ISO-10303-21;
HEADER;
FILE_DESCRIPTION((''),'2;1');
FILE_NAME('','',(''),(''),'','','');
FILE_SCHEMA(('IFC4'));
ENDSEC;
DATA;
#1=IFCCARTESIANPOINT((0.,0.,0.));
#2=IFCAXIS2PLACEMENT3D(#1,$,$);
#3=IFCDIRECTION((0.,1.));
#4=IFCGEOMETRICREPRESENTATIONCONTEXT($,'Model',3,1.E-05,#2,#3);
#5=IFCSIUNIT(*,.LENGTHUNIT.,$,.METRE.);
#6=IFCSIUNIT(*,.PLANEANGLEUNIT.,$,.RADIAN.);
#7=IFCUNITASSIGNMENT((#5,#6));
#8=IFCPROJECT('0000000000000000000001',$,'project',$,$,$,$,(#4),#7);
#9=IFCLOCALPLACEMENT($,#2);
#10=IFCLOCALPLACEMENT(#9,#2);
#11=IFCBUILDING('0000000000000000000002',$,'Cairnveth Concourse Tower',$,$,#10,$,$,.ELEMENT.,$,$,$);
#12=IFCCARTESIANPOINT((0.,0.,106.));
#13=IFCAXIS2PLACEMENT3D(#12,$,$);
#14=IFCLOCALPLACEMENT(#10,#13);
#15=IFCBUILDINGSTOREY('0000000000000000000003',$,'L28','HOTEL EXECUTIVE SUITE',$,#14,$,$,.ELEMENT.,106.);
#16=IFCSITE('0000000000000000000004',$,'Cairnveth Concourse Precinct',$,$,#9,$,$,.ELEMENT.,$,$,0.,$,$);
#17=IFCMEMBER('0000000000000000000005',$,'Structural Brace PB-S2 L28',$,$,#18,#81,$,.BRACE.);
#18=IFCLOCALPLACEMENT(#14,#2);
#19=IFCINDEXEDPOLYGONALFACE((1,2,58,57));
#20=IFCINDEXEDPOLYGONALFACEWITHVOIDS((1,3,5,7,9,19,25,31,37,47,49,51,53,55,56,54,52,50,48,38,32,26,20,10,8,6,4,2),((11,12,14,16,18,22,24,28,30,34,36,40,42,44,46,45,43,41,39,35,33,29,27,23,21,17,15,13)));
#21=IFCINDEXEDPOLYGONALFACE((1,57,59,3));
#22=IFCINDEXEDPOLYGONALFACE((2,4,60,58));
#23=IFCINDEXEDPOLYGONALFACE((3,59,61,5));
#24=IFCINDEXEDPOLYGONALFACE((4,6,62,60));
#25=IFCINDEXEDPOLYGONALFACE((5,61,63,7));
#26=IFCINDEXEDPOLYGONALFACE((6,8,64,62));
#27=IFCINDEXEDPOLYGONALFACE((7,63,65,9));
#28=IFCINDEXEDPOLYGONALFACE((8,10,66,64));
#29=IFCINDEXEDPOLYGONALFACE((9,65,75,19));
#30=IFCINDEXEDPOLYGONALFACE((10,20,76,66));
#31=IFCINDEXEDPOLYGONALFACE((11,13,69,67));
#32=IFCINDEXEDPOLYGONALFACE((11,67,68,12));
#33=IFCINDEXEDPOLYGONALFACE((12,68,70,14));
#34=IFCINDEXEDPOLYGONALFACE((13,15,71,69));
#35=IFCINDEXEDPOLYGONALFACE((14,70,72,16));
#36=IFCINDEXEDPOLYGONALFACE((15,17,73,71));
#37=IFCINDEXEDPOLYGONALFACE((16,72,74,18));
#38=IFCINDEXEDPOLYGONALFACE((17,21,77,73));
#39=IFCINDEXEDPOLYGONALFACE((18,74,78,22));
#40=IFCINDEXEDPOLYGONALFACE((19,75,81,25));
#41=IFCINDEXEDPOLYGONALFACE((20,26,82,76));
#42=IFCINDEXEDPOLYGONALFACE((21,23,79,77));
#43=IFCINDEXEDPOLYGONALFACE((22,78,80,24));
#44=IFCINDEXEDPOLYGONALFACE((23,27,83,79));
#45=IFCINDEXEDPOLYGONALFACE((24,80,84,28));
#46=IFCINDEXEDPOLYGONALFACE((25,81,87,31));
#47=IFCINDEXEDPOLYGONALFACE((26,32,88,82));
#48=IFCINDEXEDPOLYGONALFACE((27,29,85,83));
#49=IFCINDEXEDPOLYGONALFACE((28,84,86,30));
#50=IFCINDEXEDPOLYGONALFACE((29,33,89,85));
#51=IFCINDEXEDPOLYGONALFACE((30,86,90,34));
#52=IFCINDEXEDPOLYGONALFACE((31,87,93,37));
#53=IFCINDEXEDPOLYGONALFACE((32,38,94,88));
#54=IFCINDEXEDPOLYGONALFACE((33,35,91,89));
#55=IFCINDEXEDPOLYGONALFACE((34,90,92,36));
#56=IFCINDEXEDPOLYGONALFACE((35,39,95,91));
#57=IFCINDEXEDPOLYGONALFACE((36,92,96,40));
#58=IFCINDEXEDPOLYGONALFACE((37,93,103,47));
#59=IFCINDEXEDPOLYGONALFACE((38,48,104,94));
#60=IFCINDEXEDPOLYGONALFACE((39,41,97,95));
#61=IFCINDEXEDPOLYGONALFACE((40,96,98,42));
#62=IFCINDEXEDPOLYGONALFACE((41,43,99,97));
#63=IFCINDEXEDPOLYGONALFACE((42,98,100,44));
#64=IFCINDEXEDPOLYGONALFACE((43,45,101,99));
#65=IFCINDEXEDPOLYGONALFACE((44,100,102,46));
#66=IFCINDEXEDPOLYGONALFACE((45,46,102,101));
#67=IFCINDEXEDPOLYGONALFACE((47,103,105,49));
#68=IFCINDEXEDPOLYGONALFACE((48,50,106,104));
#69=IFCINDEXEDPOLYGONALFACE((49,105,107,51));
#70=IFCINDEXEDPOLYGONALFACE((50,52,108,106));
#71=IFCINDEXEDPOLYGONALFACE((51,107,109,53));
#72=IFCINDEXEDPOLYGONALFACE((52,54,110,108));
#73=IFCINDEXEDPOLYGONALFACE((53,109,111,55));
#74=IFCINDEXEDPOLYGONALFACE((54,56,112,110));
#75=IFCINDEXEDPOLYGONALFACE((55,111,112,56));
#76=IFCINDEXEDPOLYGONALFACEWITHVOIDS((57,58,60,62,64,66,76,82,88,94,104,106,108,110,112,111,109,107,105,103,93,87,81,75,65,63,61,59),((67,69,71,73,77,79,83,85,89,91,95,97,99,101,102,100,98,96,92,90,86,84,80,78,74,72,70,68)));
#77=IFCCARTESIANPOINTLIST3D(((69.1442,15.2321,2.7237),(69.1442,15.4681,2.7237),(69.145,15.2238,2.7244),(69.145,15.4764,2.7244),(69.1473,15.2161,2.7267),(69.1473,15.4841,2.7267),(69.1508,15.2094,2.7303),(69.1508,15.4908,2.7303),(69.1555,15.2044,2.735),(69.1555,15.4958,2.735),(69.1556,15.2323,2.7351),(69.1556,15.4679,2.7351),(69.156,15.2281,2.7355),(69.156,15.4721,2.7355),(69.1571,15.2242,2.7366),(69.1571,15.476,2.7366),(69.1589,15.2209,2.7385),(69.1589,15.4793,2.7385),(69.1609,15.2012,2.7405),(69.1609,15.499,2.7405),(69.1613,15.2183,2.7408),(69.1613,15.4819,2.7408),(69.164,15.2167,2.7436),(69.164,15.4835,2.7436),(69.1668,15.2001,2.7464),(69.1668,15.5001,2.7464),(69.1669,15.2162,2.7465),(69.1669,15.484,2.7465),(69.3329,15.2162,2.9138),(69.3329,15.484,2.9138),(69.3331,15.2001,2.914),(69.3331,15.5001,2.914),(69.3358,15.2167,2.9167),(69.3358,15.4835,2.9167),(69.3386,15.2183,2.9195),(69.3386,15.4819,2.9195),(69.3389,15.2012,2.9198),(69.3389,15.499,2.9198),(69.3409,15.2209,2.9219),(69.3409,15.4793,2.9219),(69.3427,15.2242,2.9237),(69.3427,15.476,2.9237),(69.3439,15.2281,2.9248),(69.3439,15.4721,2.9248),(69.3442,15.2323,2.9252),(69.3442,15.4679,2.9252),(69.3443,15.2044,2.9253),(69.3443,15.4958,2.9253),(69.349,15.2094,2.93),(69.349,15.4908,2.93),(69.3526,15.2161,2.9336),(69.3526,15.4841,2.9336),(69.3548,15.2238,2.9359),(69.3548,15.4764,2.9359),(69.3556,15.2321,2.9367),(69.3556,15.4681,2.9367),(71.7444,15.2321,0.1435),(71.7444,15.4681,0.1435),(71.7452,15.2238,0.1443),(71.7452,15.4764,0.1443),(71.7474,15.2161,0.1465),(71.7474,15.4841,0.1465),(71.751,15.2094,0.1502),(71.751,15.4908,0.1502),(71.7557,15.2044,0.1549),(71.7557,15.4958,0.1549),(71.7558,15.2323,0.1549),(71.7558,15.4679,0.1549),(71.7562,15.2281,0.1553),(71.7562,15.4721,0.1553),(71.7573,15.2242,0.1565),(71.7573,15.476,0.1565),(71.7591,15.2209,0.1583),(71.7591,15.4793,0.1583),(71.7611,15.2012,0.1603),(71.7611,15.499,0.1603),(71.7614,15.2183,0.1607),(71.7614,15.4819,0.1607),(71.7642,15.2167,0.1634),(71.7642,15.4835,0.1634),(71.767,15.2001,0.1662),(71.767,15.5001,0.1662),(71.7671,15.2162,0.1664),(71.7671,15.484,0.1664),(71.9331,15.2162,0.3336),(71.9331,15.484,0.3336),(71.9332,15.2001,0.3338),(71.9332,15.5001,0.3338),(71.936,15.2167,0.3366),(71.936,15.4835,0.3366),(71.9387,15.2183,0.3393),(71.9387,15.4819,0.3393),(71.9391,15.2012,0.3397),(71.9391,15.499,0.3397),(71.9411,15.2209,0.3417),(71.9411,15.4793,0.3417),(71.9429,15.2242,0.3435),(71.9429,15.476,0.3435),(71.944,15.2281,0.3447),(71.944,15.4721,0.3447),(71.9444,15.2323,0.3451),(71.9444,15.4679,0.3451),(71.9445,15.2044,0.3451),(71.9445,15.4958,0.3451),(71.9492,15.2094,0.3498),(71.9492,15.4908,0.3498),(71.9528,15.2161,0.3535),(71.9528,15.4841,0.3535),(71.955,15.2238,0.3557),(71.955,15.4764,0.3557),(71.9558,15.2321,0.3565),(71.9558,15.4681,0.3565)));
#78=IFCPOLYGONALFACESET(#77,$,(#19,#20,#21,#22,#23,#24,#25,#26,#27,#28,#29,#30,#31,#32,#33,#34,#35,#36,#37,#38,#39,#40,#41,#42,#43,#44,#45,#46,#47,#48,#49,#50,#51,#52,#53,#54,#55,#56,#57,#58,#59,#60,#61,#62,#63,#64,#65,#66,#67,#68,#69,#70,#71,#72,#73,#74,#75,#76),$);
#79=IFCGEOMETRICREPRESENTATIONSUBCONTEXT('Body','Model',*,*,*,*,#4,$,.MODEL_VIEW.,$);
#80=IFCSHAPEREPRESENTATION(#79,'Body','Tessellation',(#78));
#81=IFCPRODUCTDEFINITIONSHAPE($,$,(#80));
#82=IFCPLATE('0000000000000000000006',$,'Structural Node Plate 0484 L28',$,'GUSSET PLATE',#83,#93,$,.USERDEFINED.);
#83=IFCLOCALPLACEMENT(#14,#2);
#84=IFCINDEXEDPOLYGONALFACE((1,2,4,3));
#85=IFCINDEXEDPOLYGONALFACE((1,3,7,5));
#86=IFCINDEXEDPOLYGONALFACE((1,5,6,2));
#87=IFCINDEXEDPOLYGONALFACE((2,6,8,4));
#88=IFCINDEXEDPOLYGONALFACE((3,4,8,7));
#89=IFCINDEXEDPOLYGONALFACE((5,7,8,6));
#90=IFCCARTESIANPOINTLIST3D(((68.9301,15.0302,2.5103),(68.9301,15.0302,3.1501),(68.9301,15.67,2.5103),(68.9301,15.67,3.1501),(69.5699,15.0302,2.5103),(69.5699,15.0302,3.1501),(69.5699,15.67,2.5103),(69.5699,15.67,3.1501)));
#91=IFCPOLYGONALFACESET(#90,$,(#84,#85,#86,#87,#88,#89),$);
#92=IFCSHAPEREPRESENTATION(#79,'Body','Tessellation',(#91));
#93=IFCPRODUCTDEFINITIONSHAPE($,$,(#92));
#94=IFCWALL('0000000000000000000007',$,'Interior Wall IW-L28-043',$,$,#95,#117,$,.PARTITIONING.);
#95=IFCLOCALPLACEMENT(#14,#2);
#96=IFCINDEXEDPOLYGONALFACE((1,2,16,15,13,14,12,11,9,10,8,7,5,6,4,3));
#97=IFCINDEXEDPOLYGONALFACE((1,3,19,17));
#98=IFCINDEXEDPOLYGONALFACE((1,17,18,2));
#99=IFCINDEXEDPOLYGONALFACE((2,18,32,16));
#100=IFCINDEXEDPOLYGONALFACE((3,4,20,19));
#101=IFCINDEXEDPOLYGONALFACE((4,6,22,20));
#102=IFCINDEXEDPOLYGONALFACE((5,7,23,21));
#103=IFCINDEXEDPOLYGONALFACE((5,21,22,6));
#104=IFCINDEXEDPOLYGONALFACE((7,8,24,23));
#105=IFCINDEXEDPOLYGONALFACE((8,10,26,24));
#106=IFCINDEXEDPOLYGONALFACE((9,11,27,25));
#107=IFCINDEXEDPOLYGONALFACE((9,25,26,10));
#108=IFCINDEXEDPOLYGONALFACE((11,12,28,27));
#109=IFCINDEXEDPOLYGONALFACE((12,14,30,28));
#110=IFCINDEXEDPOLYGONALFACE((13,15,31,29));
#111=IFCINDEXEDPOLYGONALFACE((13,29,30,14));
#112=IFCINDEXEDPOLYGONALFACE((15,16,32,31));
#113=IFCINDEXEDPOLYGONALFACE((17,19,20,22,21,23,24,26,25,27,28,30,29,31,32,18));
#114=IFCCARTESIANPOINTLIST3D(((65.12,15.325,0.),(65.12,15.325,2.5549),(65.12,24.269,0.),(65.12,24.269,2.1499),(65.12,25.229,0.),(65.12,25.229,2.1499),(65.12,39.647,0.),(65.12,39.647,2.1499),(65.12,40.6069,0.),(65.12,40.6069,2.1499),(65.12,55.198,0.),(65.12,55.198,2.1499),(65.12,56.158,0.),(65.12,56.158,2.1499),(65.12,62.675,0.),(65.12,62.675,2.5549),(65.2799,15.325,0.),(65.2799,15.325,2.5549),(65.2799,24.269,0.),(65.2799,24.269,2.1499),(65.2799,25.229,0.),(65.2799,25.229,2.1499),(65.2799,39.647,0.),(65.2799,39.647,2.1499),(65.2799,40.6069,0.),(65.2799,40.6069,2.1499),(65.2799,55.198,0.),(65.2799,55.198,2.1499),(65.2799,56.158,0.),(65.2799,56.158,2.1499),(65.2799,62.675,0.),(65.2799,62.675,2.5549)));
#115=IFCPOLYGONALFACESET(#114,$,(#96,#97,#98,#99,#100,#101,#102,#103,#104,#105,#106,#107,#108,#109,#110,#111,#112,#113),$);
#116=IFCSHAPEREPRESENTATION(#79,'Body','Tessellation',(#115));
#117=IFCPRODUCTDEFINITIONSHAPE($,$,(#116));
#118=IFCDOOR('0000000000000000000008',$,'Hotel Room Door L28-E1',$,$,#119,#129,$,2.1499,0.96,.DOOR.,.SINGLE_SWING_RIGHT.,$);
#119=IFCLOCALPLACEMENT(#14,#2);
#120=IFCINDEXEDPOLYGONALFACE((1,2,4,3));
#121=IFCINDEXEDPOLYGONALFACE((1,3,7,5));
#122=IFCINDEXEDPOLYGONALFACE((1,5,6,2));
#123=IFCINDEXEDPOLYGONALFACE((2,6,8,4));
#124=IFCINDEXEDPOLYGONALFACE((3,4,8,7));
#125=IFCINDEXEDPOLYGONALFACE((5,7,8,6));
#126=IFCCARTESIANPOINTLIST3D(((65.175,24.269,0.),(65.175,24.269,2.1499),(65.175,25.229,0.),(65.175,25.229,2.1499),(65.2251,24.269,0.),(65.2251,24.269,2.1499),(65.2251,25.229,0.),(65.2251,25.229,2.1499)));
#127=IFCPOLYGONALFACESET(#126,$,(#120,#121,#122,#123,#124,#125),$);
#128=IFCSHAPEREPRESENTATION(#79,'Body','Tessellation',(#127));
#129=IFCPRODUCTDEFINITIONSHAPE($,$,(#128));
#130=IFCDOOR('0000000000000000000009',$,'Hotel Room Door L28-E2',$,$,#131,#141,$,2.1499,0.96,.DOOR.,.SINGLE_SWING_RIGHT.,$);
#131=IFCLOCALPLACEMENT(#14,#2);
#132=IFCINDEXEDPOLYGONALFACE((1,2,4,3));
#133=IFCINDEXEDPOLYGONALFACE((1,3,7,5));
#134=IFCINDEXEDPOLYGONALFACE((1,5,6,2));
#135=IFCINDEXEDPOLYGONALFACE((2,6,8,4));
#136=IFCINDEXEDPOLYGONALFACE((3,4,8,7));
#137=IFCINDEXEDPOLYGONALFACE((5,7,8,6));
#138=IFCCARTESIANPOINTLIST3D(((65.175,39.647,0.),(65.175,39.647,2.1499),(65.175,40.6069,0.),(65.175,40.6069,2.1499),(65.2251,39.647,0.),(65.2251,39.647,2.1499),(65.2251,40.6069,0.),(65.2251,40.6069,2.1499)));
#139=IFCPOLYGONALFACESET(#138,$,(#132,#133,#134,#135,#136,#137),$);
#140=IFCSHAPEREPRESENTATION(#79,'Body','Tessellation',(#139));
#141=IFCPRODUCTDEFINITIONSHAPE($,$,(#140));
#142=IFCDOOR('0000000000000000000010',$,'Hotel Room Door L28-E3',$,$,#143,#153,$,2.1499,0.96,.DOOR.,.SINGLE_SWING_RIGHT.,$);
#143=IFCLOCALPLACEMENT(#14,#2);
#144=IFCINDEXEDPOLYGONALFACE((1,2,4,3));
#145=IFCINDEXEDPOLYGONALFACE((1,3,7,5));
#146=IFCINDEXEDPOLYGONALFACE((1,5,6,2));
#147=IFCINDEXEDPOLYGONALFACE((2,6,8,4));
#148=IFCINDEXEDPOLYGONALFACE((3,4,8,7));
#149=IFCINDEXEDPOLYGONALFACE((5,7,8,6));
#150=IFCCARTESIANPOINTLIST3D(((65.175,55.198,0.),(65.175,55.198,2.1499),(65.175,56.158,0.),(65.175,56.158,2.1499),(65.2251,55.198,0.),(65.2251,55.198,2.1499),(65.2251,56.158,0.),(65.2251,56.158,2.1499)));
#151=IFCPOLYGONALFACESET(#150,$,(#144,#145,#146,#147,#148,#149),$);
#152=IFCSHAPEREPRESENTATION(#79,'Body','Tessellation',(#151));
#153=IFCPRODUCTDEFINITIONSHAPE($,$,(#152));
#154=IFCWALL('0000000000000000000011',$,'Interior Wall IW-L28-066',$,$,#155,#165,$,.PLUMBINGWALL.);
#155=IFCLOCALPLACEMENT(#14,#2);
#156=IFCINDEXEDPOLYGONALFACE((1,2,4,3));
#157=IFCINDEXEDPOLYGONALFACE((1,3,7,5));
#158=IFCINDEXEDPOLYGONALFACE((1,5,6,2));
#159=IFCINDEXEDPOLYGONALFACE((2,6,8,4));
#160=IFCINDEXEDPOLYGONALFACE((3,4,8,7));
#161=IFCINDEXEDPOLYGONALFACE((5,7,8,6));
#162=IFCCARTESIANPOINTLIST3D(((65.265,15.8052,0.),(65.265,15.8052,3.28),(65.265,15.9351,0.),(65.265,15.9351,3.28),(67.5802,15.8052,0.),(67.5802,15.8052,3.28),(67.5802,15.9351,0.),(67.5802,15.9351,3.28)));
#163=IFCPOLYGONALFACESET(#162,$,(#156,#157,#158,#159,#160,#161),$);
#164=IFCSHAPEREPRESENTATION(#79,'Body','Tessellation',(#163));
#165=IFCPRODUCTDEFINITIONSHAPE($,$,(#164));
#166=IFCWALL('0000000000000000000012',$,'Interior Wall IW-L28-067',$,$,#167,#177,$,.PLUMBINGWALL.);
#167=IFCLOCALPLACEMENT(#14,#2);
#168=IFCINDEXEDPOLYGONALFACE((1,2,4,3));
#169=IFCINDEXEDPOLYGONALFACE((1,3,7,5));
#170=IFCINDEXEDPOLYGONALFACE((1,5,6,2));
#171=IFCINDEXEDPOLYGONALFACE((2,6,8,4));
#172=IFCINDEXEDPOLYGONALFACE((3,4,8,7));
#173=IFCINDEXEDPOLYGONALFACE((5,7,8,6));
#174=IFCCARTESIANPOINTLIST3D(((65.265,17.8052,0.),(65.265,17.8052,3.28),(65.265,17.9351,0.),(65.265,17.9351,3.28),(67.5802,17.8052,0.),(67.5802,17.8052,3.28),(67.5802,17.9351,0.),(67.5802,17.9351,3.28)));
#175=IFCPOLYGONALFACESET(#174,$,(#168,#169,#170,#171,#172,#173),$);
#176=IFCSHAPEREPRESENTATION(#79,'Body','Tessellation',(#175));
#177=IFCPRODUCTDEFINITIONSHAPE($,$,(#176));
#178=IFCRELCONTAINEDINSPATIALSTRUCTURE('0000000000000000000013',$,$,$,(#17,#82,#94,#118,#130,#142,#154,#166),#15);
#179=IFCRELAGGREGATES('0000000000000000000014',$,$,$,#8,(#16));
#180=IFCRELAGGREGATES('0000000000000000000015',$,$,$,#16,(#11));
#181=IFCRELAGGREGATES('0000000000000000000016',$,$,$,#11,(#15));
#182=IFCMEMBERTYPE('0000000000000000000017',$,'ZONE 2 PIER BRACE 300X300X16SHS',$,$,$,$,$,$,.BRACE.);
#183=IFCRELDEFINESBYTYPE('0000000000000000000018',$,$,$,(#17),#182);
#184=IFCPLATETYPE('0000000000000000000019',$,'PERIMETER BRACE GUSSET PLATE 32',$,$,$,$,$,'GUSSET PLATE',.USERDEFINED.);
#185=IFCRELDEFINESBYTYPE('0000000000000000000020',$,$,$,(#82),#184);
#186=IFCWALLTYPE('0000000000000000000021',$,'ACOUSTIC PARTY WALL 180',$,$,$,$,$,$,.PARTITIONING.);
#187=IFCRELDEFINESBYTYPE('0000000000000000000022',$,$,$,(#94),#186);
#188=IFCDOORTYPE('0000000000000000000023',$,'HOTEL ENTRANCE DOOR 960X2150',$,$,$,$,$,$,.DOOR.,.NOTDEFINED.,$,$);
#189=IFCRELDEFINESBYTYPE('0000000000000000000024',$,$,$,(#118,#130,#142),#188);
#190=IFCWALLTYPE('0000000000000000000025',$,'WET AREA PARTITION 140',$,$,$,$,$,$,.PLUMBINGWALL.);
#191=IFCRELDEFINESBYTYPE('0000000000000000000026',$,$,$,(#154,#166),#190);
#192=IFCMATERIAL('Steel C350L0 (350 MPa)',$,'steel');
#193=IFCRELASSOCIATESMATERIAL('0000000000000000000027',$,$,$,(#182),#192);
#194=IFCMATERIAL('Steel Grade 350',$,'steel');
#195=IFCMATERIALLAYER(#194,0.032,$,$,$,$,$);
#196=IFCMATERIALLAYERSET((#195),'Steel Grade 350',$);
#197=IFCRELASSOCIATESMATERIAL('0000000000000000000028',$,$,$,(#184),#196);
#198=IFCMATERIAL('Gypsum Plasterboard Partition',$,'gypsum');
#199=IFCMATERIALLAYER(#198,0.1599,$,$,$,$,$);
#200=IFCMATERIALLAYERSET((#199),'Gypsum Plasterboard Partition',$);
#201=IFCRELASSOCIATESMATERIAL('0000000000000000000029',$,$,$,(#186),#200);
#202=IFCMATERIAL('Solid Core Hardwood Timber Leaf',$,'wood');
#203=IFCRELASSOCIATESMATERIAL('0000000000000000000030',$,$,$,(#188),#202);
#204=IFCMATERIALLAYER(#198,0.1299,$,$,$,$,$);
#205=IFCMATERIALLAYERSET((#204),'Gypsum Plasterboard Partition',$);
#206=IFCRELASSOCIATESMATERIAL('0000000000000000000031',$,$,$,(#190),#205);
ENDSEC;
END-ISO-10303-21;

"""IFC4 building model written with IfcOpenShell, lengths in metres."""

from ifc_helpers import new_model, si_unit, direction, frame, frame_2d, origin, origin_2d, place, context, subcontext, project, spatial, rectangle, hollow_rectangle, extrude, material, layer, layer_set, material_profile, profile_set, type_object, element, fill, save


model = new_model("IFC4")

# Units and contexts
model_context = context("Model", 3, precision=1e-05, world=origin(), true_north=direction((0.0, 1.0)))
body_context = subcontext(model_context, "Body", "Model", "MODEL_VIEW")
ifc_project = project(units=[si_unit("LENGTHUNIT", "METRE"), si_unit("PLANEANGLEUNIT", "RADIAN")], contexts=[model_context])

# Site, building, storey
site_placement = place(None, origin())
site = spatial("IfcSite", under=ifc_project, at=site_placement, Name="Cairnveth Concourse Precinct", CompositionType="ELEMENT", RefElevation=0.0)
building_placement = place(site_placement, origin())
building = spatial("IfcBuilding", under=site, at=building_placement, Name="Cairnveth Concourse Tower", CompositionType="ELEMENT")
storey_placement = place(building_placement, frame((0.0, 0.0, 106.0)))
storey = spatial("IfcBuildingStorey", under=building, at=storey_placement, Name="L28", Description="HOTEL EXECUTIVE SUITE", CompositionType="ELEMENT", Elevation=106.0)

# Member
ifc_material_1 = material(Name="Steel C350L0 (350 MPa)", Category="steel")
ifc_material_profile = material_profile(ifc_material_1, hollow_rectangle(XDim=0.3, YDim=0.3, WallThickness=0.0161, InnerFilletRadius=0.0161, OuterFilletRadius=0.032, at=origin_2d()), Name="300x300x16.0SHS")
ifc_profile_set = profile_set([ifc_material_profile], Name="Steel C350L0 (350 MPa)")
member_type = type_object("IfcMemberType", Name="ZONE 2 PIER BRACE 300X300X16SHS", PredefinedType="BRACE", material=ifc_profile_set)
member_placement = place(storey_placement, frame((71.8501, 15.3501, 0.25), z_axis=(-0.709834, 0.0, 0.704369), x_axis=(0.0, -1.0, 0.0)))
element("IfcMember", 1, at=member_placement, inside=storey, type_object=member_type, Name="Structural Brace PB-S2 L28", PredefinedType="BRACE", context=body_context, shape_type="SweptSolid", body=[
    extrude(hollow_rectangle(XDim=0.3, YDim=0.3, WallThickness=0.0161, InnerFilletRadius=0.0161, OuterFilletRadius=0.032, at=origin_2d()), origin(), (0.0, 0.0, 1.0), 3.6631),
])

# Plate
ifc_material_2 = material(Name="Steel Grade 350", Category="steel")
ifc_layer_1 = layer(ifc_material_2, 0.032)
ifc_layer_set_1 = layer_set([ifc_layer_1], Name="Steel Grade 350")
plate_type = type_object("IfcPlateType", Name="PERIMETER BRACE GUSSET PLATE 32", ElementType="GUSSET PLATE", PredefinedType="USERDEFINED", material=ifc_layer_set_1)
plate_placement = place(storey_placement, frame((69.25, 15.3501, 2.5103), z_axis=(0.0, 0.0, 1.0), x_axis=(1.0, 0.0, 0.0)))
element("IfcPlate", 2, at=plate_placement, inside=storey, type_object=plate_type, Name="Structural Node Plate 0484 L28", ObjectType="GUSSET PLATE", PredefinedType="USERDEFINED", context=body_context, shape_type="SweptSolid", body=[
    extrude(rectangle(XDim=0.6399, YDim=0.6399, at=origin_2d()), origin(), (0.0, 0.0, 1.0), 0.6399),
])

# Wall, openings, doors
ifc_material_3 = material(Name="Gypsum Plasterboard Partition", Category="gypsum")
ifc_layer_2 = layer(ifc_material_3, 0.1599)
ifc_layer_set_2 = layer_set([ifc_layer_2], Name="Gypsum Plasterboard Partition")
wall_type_1 = type_object("IfcWallType", Name="ACOUSTIC PARTY WALL 180", PredefinedType="PARTITIONING", material=ifc_layer_set_2)
wall_1_placement = place(storey_placement, frame((65.2, 15.325, 0.0), z_axis=(0.0, 0.0, 1.0), x_axis=(0.0, 1.0, 0.0)))
wall_1 = element("IfcWall", 3, at=wall_1_placement, inside=storey, type_object=wall_type_1, Name="Interior Wall IW-L28-043", PredefinedType="PARTITIONING", context=body_context, shape_type="SweptSolid", body=[
    extrude(rectangle(XDim=47.3501, YDim=0.1599, at=frame_2d((23.675, 0.0))), origin(), (0.0, 0.0, 1.0), 2.5549),
])
opening_1_placement = place(wall_1_placement, frame((8.9441, 0.0, 0.0)))
opening_1 = element("IfcOpeningElement", 4, at=opening_1_placement, cuts=wall_1, PredefinedType="OPENING", context=body_context, shape_type="SweptSolid", body=[
    extrude(rectangle(XDim=0.96, YDim=2.1499, at=frame_2d((0.48, 1.075))), frame((0.0, 0.0898, 0.0), z_axis=(0.0, -1.0, 0.0), x_axis=(1.0, 0.0, 0.0)), (0.0, 0.0, 1.0), 0.1799),
])
opening_2_placement = place(wall_1_placement, frame((24.322, 0.0, 0.0)))
opening_2 = element("IfcOpeningElement", 5, at=opening_2_placement, cuts=wall_1, PredefinedType="OPENING", context=body_context, shape_type="SweptSolid", body=[
    extrude(rectangle(XDim=0.96, YDim=2.1499, at=frame_2d((0.48, 1.075))), frame((0.0, 0.0898, 0.0), z_axis=(0.0, -1.0, 0.0), x_axis=(1.0, 0.0, 0.0)), (0.0, 0.0, 1.0), 0.1799),
])
opening_3_placement = place(wall_1_placement, frame((39.873, 0.0, 0.0)))
opening_3 = element("IfcOpeningElement", 6, at=opening_3_placement, cuts=wall_1, PredefinedType="OPENING", context=body_context, shape_type="SweptSolid", body=[
    extrude(rectangle(XDim=0.96, YDim=2.1499, at=frame_2d((0.48, 1.075))), frame((0.0, 0.0898, 0.0), z_axis=(0.0, -1.0, 0.0), x_axis=(1.0, 0.0, 0.0)), (0.0, 0.0, 1.0), 0.1799),
])
ifc_material_4 = material(Name="Solid Core Hardwood Timber Leaf", Category="wood")
door_type_1 = type_object("IfcDoorType", Name="HOTEL ENTRANCE DOOR 960X2150", OperationType="NOTDEFINED", PredefinedType="DOOR", material=ifc_material_4)
door_1_placement = place(opening_1_placement, origin())
door_1 = element("IfcDoor", 7, at=door_1_placement, inside=storey, type_object=door_type_1, Name="Hotel Room Door L28-E1", OperationType="SINGLE_SWING_RIGHT", OverallHeight=2.1499, OverallWidth=0.96, PredefinedType="DOOR", context=body_context, shape_type="SweptSolid", body=[
    extrude(rectangle(XDim=0.96, YDim=2.1499, at=frame_2d((0.48, 1.075))), frame((0.0, 0.0249, 0.0), z_axis=(0.0, -1.0, 0.0), x_axis=(1.0, 0.0, 0.0)), (0.0, 0.0, 1.0), 0.05),
])
fill(opening_1, door_1)
door_2_placement = place(opening_2_placement, origin())
door_2 = element("IfcDoor", 8, at=door_2_placement, inside=storey, type_object=door_type_1, Name="Hotel Room Door L28-E2", OperationType="SINGLE_SWING_RIGHT", OverallHeight=2.1499, OverallWidth=0.96, PredefinedType="DOOR", context=body_context, shape_type="SweptSolid", body=[
    extrude(rectangle(XDim=0.96, YDim=2.1499, at=frame_2d((0.48, 1.075))), frame((0.0, 0.0249, 0.0), z_axis=(0.0, -1.0, 0.0), x_axis=(1.0, 0.0, 0.0)), (0.0, 0.0, 1.0), 0.05),
])
fill(opening_2, door_2)
door_3_placement = place(opening_3_placement, origin())
door_3 = element("IfcDoor", 9, at=door_3_placement, inside=storey, type_object=door_type_1, Name="Hotel Room Door L28-E3", OperationType="SINGLE_SWING_RIGHT", OverallHeight=2.1499, OverallWidth=0.96, PredefinedType="DOOR", context=body_context, shape_type="SweptSolid", body=[
    extrude(rectangle(XDim=0.96, YDim=2.1499, at=frame_2d((0.48, 1.075))), frame((0.0, 0.0249, 0.0), z_axis=(0.0, -1.0, 0.0), x_axis=(1.0, 0.0, 0.0)), (0.0, 0.0, 1.0), 0.05),
])
fill(opening_3, door_3)

# Walls
ifc_layer_3 = layer(ifc_material_3, 0.1299)
ifc_layer_set_3 = layer_set([ifc_layer_3], Name="Gypsum Plasterboard Partition")
wall_type_2 = type_object("IfcWallType", Name="WET AREA PARTITION 140", PredefinedType="PLUMBINGWALL", material=ifc_layer_set_3)
for number, where, z_axis, x_axis, name in (
    (10, (65.2649, 15.8701, 0.0), (0.0, 0.0, 1.0), (1.0, 0.0, 0.0), "Interior Wall IW-L28-066"),
    (11, (65.2649, 17.8701, 0.0), (0.0, 0.0, 1.0), (1.0, 0.0, 0.0), "Interior Wall IW-L28-067"),
):
    element("IfcWall", number, at=place(storey_placement, frame(where, z_axis=z_axis, x_axis=x_axis)), inside=storey, type_object=wall_type_2, Name=name, PredefinedType="PLUMBINGWALL", context=body_context, shape_type="SweptSolid", body=[
        extrude(rectangle(XDim=2.3152, YDim=0.1299, at=frame_2d((1.1577, 0.0))), origin(), (0.0, 0.0, 1.0), 3.28),
    ])

save(model, "model.ifc")
